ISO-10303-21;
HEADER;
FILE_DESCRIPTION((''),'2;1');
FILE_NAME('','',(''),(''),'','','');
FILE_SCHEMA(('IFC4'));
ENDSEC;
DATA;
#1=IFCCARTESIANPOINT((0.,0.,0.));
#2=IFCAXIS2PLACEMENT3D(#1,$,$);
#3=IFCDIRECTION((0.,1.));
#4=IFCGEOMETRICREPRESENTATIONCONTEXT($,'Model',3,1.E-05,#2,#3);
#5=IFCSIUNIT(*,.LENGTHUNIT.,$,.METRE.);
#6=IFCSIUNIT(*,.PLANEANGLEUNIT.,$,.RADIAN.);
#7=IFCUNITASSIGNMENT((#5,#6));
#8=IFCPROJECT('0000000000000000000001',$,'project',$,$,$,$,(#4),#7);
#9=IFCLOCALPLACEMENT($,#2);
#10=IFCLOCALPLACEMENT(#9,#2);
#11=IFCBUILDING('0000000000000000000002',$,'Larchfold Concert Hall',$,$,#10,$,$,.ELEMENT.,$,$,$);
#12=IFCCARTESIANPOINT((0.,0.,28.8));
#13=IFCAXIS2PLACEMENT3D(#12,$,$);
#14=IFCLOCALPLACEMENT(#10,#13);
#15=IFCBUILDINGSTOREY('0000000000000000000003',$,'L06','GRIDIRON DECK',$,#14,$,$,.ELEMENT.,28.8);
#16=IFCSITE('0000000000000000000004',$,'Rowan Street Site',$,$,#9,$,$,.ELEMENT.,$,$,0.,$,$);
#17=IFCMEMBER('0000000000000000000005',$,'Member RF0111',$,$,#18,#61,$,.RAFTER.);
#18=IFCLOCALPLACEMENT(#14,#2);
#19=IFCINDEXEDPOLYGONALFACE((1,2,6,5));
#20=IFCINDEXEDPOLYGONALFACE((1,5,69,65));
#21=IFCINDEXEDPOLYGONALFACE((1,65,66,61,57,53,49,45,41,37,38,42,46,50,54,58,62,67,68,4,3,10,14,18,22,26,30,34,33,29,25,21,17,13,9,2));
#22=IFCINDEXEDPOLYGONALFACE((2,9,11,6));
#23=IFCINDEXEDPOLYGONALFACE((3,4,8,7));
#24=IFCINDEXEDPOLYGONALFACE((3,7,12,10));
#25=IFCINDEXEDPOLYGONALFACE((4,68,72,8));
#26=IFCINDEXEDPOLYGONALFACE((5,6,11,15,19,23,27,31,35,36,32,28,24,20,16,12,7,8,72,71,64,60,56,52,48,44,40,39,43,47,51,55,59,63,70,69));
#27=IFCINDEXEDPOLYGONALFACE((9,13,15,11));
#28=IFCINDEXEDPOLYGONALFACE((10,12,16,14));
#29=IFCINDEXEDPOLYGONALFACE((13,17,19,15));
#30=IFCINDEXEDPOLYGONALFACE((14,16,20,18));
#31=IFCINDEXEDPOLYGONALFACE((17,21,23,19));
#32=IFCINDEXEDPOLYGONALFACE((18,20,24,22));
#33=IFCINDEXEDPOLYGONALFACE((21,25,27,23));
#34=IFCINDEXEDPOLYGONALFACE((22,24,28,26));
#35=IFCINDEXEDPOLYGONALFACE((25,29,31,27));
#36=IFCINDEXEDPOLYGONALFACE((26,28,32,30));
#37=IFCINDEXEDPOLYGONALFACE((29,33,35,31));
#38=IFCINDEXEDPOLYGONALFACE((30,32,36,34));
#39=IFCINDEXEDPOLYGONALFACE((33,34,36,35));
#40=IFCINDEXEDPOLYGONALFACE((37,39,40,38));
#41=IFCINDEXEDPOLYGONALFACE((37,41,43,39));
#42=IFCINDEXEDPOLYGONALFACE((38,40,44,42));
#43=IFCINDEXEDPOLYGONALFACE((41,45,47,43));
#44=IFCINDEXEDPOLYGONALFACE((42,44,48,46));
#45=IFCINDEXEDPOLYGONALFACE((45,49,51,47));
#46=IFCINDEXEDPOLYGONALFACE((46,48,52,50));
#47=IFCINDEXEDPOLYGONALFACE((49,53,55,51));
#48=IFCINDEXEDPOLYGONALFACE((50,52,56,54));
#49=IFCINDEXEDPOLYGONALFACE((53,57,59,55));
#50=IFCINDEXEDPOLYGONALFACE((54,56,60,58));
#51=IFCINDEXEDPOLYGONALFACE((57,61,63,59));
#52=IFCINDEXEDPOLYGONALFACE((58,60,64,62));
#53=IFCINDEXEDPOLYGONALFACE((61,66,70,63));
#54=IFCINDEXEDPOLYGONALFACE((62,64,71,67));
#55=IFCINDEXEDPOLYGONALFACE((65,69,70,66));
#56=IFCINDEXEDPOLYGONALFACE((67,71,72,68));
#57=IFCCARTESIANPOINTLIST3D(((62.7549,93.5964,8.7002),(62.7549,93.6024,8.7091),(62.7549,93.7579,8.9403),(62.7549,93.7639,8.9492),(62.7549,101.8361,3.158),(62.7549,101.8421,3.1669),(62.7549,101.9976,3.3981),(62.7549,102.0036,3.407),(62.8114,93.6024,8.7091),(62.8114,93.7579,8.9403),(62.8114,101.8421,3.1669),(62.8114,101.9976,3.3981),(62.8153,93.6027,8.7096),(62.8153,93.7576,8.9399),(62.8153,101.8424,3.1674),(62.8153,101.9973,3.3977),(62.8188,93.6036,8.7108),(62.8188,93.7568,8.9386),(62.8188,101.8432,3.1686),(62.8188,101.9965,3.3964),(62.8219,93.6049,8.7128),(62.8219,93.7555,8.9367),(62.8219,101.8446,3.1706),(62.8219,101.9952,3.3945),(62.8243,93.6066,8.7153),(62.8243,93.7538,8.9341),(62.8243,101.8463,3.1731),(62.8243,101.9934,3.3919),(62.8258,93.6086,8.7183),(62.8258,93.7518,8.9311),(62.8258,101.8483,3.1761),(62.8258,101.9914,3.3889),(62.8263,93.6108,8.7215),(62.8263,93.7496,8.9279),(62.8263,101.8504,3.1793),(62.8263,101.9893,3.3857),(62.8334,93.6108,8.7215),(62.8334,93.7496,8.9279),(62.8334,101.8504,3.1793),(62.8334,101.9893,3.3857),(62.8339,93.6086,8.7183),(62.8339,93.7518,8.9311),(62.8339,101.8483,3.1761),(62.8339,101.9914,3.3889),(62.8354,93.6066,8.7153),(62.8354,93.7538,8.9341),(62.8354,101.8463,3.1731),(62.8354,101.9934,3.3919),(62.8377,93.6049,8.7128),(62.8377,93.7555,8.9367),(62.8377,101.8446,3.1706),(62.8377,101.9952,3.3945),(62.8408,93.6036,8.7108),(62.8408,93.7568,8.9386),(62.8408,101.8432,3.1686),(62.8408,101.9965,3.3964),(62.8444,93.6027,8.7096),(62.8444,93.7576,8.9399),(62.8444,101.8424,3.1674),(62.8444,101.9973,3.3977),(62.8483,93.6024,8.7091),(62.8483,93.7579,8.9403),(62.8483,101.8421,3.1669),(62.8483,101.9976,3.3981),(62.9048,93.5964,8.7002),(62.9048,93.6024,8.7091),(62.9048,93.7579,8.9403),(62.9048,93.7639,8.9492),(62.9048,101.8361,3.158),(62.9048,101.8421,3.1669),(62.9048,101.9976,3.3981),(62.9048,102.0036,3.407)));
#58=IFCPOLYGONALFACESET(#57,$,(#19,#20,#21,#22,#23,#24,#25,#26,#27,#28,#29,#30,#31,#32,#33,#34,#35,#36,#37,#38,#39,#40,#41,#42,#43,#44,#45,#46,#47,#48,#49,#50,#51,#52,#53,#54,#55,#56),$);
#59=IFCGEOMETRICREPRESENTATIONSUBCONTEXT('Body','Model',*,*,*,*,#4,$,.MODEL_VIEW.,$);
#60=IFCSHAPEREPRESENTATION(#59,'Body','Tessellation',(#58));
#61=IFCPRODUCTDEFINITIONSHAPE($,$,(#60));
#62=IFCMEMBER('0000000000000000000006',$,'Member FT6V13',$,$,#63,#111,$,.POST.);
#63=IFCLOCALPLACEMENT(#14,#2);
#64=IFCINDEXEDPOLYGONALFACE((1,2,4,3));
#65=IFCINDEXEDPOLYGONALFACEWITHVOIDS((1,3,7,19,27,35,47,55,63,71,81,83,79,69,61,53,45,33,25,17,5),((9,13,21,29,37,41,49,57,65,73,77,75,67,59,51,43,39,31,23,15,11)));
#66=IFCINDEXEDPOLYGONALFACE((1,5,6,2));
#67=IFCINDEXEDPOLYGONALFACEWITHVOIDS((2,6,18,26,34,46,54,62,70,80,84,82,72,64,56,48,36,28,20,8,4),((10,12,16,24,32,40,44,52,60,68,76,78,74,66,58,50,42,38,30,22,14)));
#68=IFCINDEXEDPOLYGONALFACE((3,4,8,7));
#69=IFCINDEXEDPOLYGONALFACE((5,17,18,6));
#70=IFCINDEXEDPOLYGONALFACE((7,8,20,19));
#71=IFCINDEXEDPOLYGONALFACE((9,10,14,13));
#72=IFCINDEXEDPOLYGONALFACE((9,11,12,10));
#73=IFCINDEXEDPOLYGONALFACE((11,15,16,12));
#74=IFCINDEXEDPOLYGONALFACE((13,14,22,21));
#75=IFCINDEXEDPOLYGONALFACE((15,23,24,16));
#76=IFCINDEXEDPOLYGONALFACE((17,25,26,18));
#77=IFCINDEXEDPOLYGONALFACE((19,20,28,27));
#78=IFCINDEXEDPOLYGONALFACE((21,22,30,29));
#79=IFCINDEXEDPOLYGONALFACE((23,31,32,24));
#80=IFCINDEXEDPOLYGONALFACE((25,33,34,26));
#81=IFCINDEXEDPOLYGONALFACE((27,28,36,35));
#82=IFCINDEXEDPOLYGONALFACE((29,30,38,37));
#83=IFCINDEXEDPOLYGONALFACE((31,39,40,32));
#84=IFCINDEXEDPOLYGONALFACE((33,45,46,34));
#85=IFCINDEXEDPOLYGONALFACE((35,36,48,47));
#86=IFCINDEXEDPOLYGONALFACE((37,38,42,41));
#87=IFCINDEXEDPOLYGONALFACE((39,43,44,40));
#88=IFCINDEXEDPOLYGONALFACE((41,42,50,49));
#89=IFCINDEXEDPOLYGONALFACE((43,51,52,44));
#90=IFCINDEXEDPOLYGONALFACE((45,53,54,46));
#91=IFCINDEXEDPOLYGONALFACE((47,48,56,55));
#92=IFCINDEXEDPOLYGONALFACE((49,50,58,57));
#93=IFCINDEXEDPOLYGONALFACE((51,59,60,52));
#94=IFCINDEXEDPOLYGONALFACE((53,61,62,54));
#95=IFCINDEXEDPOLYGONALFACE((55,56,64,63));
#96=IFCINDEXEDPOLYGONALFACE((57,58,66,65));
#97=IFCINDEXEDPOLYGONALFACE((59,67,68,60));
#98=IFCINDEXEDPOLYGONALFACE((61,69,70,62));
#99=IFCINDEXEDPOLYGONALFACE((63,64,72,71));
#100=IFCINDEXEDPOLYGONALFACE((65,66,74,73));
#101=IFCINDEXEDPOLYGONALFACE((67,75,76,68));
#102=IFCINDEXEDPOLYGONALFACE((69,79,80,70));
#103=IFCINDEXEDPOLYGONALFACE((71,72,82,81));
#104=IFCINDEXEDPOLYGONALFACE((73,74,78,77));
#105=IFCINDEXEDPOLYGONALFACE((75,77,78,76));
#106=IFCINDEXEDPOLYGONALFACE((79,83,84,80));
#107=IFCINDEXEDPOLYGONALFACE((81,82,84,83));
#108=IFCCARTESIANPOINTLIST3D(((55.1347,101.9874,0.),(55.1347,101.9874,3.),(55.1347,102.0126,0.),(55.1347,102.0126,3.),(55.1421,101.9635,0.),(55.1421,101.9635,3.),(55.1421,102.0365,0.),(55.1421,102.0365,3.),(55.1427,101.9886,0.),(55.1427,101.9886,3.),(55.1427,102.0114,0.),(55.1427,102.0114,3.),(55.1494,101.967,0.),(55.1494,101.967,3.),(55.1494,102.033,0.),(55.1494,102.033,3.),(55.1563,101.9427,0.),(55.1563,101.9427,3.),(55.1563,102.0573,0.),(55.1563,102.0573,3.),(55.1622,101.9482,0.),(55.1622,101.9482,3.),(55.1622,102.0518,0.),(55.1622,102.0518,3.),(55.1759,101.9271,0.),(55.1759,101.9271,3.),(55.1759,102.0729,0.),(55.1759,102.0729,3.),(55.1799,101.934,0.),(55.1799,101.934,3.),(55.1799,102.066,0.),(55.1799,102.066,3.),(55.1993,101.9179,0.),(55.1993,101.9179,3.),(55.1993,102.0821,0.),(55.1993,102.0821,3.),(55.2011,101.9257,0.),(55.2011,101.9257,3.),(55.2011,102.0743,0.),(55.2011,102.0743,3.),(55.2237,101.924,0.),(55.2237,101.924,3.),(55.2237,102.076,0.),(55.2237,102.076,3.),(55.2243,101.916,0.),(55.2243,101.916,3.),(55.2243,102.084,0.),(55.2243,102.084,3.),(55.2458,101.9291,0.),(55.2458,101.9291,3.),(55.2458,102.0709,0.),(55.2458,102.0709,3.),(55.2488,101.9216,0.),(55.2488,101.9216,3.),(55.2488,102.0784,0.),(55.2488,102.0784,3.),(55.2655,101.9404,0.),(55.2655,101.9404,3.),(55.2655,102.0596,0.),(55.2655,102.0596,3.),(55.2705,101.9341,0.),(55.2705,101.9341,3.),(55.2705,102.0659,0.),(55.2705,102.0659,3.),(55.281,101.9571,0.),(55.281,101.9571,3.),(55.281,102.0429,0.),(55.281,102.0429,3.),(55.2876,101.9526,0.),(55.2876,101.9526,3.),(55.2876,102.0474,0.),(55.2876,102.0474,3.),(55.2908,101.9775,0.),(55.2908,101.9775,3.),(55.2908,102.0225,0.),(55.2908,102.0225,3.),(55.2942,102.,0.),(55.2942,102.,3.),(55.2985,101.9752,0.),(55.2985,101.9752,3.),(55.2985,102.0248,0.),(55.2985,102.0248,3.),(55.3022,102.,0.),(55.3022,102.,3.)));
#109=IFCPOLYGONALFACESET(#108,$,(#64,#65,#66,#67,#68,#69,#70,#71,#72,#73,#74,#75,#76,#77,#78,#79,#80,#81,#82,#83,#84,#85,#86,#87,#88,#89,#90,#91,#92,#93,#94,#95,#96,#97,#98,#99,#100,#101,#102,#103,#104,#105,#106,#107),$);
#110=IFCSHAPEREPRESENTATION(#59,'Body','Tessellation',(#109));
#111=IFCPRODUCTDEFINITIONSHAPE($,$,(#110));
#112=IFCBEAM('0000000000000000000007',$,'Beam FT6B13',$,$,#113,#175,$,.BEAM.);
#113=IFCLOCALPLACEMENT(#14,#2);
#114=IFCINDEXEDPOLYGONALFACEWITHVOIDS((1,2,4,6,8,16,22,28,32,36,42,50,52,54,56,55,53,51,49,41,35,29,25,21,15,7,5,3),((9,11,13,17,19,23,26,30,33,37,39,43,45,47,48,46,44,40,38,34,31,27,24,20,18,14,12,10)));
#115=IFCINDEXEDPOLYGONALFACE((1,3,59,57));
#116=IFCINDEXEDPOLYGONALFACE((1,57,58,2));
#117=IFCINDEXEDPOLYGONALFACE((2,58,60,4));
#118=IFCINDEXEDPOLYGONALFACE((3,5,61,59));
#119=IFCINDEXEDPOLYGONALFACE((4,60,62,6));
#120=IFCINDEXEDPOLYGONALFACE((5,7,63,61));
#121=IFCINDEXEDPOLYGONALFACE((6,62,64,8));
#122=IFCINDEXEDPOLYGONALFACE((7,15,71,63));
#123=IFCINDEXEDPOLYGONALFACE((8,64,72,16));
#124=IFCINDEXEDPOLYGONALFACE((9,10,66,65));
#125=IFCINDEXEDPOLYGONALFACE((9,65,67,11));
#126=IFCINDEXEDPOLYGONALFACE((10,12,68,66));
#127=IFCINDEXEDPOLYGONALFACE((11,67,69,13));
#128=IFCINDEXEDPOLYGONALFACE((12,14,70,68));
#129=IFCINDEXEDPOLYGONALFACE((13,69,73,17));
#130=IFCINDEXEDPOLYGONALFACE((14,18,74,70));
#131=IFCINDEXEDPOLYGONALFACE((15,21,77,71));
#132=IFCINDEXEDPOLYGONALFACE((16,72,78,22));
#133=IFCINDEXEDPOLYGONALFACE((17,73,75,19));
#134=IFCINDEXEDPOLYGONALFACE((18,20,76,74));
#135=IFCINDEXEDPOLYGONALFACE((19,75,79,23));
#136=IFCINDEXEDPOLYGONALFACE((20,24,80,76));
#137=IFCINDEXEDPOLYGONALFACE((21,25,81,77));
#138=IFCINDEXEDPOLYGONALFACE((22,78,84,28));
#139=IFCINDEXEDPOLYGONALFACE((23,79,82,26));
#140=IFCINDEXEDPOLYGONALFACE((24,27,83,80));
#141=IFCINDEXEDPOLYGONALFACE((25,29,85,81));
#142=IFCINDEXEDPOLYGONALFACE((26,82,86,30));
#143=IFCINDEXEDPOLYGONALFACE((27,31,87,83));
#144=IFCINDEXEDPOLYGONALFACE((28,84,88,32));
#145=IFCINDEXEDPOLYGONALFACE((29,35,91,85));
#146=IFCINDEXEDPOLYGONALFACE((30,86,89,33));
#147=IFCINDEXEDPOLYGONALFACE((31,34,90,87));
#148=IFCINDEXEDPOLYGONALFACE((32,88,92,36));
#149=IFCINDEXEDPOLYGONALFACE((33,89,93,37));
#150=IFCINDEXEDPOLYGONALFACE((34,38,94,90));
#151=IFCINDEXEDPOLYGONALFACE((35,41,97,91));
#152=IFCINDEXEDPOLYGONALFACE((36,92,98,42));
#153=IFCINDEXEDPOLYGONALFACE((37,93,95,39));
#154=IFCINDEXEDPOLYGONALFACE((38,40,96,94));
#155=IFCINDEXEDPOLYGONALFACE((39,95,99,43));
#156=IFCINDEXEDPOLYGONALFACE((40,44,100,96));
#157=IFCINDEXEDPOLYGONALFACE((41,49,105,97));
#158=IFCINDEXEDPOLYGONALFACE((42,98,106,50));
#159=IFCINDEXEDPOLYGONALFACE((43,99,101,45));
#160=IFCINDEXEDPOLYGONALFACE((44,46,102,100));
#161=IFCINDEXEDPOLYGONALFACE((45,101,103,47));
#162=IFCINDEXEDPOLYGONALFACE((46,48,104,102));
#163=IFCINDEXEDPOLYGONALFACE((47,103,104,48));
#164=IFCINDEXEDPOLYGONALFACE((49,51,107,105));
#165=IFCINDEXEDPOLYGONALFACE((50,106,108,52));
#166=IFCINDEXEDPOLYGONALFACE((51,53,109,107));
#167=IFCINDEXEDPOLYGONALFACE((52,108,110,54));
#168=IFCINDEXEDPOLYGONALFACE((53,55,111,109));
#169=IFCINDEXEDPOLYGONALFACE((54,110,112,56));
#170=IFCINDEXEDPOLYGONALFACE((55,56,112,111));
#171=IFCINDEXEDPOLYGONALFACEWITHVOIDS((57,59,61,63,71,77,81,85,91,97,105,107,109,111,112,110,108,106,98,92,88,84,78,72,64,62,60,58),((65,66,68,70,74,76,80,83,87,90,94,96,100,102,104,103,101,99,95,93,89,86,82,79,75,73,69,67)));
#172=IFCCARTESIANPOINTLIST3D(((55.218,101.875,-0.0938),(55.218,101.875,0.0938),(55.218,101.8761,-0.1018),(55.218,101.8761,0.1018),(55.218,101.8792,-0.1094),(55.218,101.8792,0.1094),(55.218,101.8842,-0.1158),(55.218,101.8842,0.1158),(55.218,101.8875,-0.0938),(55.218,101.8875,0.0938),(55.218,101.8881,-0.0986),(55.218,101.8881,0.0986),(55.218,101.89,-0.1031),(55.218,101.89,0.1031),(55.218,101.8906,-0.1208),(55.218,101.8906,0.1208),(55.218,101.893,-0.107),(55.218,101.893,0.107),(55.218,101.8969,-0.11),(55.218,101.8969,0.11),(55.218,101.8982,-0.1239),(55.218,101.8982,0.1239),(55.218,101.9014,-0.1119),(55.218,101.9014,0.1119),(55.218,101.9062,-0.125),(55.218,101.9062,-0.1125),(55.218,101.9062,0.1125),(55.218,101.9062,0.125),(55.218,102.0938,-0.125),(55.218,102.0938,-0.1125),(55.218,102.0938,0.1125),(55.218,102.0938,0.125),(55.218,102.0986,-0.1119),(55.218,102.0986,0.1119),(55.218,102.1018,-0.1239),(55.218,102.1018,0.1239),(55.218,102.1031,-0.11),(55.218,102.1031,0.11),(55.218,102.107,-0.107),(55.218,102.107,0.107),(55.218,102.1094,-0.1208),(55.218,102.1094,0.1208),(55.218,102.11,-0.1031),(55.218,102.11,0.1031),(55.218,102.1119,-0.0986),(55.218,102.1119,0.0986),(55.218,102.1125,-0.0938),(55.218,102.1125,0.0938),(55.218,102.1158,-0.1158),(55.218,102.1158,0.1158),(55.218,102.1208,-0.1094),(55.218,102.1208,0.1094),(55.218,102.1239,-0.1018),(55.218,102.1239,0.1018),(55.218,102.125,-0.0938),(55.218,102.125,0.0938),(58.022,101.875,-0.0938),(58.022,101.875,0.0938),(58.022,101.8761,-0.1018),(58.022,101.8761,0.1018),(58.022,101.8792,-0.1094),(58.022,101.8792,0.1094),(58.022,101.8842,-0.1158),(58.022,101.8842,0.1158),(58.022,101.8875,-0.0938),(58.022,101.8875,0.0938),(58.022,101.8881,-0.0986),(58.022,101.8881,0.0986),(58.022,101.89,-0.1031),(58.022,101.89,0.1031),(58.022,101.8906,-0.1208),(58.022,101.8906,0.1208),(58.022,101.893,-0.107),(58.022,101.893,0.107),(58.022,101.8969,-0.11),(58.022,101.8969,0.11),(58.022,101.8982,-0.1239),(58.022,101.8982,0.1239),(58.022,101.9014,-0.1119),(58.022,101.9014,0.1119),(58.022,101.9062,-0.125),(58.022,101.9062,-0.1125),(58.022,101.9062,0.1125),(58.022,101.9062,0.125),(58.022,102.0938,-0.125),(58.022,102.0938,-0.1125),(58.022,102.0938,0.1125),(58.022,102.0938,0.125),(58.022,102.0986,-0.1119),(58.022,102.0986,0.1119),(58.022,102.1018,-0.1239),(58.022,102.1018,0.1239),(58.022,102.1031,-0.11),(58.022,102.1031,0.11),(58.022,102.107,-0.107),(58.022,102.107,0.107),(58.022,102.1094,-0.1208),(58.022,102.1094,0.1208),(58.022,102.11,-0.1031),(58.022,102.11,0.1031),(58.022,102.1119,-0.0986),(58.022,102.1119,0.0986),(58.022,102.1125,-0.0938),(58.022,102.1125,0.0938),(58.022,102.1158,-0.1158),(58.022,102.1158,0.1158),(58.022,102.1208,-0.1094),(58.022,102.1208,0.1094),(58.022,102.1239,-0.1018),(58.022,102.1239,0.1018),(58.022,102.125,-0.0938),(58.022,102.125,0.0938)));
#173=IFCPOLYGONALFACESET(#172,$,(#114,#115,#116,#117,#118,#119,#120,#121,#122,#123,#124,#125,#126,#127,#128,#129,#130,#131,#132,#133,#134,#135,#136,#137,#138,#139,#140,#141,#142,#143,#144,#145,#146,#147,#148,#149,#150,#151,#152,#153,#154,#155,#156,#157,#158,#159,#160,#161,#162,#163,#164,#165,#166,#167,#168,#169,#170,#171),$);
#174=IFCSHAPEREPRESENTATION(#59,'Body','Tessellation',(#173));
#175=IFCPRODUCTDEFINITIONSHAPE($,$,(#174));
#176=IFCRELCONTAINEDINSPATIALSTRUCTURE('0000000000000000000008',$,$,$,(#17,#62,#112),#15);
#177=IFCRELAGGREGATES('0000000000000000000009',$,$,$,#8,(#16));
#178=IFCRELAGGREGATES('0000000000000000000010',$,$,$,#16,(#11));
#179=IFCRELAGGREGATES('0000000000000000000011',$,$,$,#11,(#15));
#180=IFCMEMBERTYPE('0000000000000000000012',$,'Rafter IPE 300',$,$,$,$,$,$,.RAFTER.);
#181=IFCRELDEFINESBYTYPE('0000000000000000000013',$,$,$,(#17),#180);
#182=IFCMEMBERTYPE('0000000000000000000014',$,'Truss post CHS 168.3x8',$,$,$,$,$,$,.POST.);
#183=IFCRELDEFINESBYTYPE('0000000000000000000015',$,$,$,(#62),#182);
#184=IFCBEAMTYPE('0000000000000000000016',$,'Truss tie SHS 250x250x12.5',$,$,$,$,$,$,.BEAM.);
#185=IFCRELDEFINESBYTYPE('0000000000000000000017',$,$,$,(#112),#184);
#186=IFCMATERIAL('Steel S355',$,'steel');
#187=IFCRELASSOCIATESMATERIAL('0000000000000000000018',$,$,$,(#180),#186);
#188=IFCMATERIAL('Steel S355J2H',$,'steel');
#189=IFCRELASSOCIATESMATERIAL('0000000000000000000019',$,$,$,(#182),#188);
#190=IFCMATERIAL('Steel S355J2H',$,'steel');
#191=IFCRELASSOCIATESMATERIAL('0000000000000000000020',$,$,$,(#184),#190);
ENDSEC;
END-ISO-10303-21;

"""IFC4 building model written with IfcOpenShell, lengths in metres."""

from ifc_helpers import new_model, si_unit, direction, frame, origin, origin_2d, place, context, subcontext, project, spatial, hollow_rectangle, hollow_circle, i_section, extrude, material, material_profile, profile_set, type_object, element, save


model = new_model("IFC4")

# Units and contexts
model_context = context("Model", 3, precision=1e-05, world=origin(), true_north=direction((0.0, 1.0)))
body_context = subcontext(model_context, "Body", "Model", "MODEL_VIEW")
ifc_project = project(units=[si_unit("LENGTHUNIT", "METRE"), si_unit("PLANEANGLEUNIT", "RADIAN")], contexts=[model_context])

# Site, building, storey
site_placement = place(None, origin())
site = spatial("IfcSite", under=ifc_project, at=site_placement, Name="Rowan Street Site", CompositionType="ELEMENT", RefElevation=0.0)
building_placement = place(site_placement, origin())
building = spatial("IfcBuilding", under=site, at=building_placement, Name="Larchfold Concert Hall", CompositionType="ELEMENT")
storey_placement = place(building_placement, frame((0.0, 0.0, 28.8)))
storey = spatial("IfcBuildingStorey", under=building, at=storey_placement, Name="L06", Description="GRIDIRON DECK", CompositionType="ELEMENT", Elevation=28.8)

# Members
ifc_material_1 = material(Name="Steel S355", Category="steel")
ifc_material_profile_1 = material_profile(ifc_material_1, i_section(OverallWidth=0.1499, OverallDepth=0.3, WebThickness=0.0071, FlangeThickness=0.0107, FilletRadius=0.0149, at=origin_2d()))
ifc_profile_set_1 = profile_set([ifc_material_profile_1], Name="Steel S355")
member_type_1 = type_object("IfcMemberType", Name="Rafter IPE 300", PredefinedType="RAFTER", material=ifc_profile_set_1)
for number, where, z_axis, x_axis, name in (
    (1, (62.8298, 93.6802, 8.8247), (0.0, 0.829762, -0.558117), (-1.0, 0.0, 0.0), "Member RF0111"),
):
    element("IfcMember", number, at=place(storey_placement, frame(where, z_axis=z_axis, x_axis=x_axis)), inside=storey, type_object=member_type_1, Name=name, PredefinedType="RAFTER", context=body_context, shape_type="SweptSolid", body=[
        extrude(i_section(OverallWidth=0.1499, OverallDepth=0.3, WebThickness=0.0071, FlangeThickness=0.0107, FilletRadius=0.0149, at=origin_2d()), origin(), (0.0, 0.0, 1.0), 9.9302),
    ])
ifc_material_2 = material(Name="Steel S355J2H", Category="steel")
ifc_material_profile_2 = material_profile(ifc_material_2, hollow_circle(Radius=0.0842, WallThickness=0.0081, at=origin_2d()))
ifc_profile_set_2 = profile_set([ifc_material_profile_2], Name="Steel S355J2H")
member_type_2 = type_object("IfcMemberType", Name="Truss post CHS 168.3x8", PredefinedType="POST", material=ifc_profile_set_2)
member_1_placement = place(storey_placement, frame((55.218, 102.0, 3.0), z_axis=(0.0, 0.0, -1.0), x_axis=(1.0, 0.0, 0.0)))
element("IfcMember", 2, at=member_1_placement, inside=storey, type_object=member_type_2, Name="Member FT6V13", PredefinedType="POST", context=body_context, shape_type="SweptSolid", body=[
    extrude(hollow_circle(Radius=0.0842, WallThickness=0.0081, at=origin_2d()), origin(), (0.0, 0.0, 1.0), 3.0),
])

# Beam
ifc_material_3 = material(Name="Steel S355J2H", Category="steel")
ifc_material_profile_3 = material_profile(ifc_material_3, hollow_rectangle(XDim=0.25, YDim=0.25, WallThickness=0.0125, InnerFilletRadius=0.0188, OuterFilletRadius=0.0312, at=origin_2d()))
ifc_profile_set_3 = profile_set([ifc_material_profile_3], Name="Steel S355J2H")
beam_type_1 = type_object("IfcBeamType", Name="Truss tie SHS 250x250x12.5", PredefinedType="BEAM", material=ifc_profile_set_3)
beam_1_placement = place(storey_placement, frame((55.218, 102.0, 0.0), z_axis=(1.0, 0.0, 0.0), x_axis=(0.0, 1.0, 0.0)))
element("IfcBeam", 3, at=beam_1_placement, inside=storey, type_object=beam_type_1, Name="Beam FT6B13", PredefinedType="BEAM", context=body_context, shape_type="SweptSolid", body=[
    extrude(hollow_rectangle(XDim=0.25, YDim=0.25, WallThickness=0.0125, InnerFilletRadius=0.0188, OuterFilletRadius=0.0312, at=origin_2d()), origin(), (0.0, 0.0, 1.0), 2.804),
])

save(model, "model.ifc")
